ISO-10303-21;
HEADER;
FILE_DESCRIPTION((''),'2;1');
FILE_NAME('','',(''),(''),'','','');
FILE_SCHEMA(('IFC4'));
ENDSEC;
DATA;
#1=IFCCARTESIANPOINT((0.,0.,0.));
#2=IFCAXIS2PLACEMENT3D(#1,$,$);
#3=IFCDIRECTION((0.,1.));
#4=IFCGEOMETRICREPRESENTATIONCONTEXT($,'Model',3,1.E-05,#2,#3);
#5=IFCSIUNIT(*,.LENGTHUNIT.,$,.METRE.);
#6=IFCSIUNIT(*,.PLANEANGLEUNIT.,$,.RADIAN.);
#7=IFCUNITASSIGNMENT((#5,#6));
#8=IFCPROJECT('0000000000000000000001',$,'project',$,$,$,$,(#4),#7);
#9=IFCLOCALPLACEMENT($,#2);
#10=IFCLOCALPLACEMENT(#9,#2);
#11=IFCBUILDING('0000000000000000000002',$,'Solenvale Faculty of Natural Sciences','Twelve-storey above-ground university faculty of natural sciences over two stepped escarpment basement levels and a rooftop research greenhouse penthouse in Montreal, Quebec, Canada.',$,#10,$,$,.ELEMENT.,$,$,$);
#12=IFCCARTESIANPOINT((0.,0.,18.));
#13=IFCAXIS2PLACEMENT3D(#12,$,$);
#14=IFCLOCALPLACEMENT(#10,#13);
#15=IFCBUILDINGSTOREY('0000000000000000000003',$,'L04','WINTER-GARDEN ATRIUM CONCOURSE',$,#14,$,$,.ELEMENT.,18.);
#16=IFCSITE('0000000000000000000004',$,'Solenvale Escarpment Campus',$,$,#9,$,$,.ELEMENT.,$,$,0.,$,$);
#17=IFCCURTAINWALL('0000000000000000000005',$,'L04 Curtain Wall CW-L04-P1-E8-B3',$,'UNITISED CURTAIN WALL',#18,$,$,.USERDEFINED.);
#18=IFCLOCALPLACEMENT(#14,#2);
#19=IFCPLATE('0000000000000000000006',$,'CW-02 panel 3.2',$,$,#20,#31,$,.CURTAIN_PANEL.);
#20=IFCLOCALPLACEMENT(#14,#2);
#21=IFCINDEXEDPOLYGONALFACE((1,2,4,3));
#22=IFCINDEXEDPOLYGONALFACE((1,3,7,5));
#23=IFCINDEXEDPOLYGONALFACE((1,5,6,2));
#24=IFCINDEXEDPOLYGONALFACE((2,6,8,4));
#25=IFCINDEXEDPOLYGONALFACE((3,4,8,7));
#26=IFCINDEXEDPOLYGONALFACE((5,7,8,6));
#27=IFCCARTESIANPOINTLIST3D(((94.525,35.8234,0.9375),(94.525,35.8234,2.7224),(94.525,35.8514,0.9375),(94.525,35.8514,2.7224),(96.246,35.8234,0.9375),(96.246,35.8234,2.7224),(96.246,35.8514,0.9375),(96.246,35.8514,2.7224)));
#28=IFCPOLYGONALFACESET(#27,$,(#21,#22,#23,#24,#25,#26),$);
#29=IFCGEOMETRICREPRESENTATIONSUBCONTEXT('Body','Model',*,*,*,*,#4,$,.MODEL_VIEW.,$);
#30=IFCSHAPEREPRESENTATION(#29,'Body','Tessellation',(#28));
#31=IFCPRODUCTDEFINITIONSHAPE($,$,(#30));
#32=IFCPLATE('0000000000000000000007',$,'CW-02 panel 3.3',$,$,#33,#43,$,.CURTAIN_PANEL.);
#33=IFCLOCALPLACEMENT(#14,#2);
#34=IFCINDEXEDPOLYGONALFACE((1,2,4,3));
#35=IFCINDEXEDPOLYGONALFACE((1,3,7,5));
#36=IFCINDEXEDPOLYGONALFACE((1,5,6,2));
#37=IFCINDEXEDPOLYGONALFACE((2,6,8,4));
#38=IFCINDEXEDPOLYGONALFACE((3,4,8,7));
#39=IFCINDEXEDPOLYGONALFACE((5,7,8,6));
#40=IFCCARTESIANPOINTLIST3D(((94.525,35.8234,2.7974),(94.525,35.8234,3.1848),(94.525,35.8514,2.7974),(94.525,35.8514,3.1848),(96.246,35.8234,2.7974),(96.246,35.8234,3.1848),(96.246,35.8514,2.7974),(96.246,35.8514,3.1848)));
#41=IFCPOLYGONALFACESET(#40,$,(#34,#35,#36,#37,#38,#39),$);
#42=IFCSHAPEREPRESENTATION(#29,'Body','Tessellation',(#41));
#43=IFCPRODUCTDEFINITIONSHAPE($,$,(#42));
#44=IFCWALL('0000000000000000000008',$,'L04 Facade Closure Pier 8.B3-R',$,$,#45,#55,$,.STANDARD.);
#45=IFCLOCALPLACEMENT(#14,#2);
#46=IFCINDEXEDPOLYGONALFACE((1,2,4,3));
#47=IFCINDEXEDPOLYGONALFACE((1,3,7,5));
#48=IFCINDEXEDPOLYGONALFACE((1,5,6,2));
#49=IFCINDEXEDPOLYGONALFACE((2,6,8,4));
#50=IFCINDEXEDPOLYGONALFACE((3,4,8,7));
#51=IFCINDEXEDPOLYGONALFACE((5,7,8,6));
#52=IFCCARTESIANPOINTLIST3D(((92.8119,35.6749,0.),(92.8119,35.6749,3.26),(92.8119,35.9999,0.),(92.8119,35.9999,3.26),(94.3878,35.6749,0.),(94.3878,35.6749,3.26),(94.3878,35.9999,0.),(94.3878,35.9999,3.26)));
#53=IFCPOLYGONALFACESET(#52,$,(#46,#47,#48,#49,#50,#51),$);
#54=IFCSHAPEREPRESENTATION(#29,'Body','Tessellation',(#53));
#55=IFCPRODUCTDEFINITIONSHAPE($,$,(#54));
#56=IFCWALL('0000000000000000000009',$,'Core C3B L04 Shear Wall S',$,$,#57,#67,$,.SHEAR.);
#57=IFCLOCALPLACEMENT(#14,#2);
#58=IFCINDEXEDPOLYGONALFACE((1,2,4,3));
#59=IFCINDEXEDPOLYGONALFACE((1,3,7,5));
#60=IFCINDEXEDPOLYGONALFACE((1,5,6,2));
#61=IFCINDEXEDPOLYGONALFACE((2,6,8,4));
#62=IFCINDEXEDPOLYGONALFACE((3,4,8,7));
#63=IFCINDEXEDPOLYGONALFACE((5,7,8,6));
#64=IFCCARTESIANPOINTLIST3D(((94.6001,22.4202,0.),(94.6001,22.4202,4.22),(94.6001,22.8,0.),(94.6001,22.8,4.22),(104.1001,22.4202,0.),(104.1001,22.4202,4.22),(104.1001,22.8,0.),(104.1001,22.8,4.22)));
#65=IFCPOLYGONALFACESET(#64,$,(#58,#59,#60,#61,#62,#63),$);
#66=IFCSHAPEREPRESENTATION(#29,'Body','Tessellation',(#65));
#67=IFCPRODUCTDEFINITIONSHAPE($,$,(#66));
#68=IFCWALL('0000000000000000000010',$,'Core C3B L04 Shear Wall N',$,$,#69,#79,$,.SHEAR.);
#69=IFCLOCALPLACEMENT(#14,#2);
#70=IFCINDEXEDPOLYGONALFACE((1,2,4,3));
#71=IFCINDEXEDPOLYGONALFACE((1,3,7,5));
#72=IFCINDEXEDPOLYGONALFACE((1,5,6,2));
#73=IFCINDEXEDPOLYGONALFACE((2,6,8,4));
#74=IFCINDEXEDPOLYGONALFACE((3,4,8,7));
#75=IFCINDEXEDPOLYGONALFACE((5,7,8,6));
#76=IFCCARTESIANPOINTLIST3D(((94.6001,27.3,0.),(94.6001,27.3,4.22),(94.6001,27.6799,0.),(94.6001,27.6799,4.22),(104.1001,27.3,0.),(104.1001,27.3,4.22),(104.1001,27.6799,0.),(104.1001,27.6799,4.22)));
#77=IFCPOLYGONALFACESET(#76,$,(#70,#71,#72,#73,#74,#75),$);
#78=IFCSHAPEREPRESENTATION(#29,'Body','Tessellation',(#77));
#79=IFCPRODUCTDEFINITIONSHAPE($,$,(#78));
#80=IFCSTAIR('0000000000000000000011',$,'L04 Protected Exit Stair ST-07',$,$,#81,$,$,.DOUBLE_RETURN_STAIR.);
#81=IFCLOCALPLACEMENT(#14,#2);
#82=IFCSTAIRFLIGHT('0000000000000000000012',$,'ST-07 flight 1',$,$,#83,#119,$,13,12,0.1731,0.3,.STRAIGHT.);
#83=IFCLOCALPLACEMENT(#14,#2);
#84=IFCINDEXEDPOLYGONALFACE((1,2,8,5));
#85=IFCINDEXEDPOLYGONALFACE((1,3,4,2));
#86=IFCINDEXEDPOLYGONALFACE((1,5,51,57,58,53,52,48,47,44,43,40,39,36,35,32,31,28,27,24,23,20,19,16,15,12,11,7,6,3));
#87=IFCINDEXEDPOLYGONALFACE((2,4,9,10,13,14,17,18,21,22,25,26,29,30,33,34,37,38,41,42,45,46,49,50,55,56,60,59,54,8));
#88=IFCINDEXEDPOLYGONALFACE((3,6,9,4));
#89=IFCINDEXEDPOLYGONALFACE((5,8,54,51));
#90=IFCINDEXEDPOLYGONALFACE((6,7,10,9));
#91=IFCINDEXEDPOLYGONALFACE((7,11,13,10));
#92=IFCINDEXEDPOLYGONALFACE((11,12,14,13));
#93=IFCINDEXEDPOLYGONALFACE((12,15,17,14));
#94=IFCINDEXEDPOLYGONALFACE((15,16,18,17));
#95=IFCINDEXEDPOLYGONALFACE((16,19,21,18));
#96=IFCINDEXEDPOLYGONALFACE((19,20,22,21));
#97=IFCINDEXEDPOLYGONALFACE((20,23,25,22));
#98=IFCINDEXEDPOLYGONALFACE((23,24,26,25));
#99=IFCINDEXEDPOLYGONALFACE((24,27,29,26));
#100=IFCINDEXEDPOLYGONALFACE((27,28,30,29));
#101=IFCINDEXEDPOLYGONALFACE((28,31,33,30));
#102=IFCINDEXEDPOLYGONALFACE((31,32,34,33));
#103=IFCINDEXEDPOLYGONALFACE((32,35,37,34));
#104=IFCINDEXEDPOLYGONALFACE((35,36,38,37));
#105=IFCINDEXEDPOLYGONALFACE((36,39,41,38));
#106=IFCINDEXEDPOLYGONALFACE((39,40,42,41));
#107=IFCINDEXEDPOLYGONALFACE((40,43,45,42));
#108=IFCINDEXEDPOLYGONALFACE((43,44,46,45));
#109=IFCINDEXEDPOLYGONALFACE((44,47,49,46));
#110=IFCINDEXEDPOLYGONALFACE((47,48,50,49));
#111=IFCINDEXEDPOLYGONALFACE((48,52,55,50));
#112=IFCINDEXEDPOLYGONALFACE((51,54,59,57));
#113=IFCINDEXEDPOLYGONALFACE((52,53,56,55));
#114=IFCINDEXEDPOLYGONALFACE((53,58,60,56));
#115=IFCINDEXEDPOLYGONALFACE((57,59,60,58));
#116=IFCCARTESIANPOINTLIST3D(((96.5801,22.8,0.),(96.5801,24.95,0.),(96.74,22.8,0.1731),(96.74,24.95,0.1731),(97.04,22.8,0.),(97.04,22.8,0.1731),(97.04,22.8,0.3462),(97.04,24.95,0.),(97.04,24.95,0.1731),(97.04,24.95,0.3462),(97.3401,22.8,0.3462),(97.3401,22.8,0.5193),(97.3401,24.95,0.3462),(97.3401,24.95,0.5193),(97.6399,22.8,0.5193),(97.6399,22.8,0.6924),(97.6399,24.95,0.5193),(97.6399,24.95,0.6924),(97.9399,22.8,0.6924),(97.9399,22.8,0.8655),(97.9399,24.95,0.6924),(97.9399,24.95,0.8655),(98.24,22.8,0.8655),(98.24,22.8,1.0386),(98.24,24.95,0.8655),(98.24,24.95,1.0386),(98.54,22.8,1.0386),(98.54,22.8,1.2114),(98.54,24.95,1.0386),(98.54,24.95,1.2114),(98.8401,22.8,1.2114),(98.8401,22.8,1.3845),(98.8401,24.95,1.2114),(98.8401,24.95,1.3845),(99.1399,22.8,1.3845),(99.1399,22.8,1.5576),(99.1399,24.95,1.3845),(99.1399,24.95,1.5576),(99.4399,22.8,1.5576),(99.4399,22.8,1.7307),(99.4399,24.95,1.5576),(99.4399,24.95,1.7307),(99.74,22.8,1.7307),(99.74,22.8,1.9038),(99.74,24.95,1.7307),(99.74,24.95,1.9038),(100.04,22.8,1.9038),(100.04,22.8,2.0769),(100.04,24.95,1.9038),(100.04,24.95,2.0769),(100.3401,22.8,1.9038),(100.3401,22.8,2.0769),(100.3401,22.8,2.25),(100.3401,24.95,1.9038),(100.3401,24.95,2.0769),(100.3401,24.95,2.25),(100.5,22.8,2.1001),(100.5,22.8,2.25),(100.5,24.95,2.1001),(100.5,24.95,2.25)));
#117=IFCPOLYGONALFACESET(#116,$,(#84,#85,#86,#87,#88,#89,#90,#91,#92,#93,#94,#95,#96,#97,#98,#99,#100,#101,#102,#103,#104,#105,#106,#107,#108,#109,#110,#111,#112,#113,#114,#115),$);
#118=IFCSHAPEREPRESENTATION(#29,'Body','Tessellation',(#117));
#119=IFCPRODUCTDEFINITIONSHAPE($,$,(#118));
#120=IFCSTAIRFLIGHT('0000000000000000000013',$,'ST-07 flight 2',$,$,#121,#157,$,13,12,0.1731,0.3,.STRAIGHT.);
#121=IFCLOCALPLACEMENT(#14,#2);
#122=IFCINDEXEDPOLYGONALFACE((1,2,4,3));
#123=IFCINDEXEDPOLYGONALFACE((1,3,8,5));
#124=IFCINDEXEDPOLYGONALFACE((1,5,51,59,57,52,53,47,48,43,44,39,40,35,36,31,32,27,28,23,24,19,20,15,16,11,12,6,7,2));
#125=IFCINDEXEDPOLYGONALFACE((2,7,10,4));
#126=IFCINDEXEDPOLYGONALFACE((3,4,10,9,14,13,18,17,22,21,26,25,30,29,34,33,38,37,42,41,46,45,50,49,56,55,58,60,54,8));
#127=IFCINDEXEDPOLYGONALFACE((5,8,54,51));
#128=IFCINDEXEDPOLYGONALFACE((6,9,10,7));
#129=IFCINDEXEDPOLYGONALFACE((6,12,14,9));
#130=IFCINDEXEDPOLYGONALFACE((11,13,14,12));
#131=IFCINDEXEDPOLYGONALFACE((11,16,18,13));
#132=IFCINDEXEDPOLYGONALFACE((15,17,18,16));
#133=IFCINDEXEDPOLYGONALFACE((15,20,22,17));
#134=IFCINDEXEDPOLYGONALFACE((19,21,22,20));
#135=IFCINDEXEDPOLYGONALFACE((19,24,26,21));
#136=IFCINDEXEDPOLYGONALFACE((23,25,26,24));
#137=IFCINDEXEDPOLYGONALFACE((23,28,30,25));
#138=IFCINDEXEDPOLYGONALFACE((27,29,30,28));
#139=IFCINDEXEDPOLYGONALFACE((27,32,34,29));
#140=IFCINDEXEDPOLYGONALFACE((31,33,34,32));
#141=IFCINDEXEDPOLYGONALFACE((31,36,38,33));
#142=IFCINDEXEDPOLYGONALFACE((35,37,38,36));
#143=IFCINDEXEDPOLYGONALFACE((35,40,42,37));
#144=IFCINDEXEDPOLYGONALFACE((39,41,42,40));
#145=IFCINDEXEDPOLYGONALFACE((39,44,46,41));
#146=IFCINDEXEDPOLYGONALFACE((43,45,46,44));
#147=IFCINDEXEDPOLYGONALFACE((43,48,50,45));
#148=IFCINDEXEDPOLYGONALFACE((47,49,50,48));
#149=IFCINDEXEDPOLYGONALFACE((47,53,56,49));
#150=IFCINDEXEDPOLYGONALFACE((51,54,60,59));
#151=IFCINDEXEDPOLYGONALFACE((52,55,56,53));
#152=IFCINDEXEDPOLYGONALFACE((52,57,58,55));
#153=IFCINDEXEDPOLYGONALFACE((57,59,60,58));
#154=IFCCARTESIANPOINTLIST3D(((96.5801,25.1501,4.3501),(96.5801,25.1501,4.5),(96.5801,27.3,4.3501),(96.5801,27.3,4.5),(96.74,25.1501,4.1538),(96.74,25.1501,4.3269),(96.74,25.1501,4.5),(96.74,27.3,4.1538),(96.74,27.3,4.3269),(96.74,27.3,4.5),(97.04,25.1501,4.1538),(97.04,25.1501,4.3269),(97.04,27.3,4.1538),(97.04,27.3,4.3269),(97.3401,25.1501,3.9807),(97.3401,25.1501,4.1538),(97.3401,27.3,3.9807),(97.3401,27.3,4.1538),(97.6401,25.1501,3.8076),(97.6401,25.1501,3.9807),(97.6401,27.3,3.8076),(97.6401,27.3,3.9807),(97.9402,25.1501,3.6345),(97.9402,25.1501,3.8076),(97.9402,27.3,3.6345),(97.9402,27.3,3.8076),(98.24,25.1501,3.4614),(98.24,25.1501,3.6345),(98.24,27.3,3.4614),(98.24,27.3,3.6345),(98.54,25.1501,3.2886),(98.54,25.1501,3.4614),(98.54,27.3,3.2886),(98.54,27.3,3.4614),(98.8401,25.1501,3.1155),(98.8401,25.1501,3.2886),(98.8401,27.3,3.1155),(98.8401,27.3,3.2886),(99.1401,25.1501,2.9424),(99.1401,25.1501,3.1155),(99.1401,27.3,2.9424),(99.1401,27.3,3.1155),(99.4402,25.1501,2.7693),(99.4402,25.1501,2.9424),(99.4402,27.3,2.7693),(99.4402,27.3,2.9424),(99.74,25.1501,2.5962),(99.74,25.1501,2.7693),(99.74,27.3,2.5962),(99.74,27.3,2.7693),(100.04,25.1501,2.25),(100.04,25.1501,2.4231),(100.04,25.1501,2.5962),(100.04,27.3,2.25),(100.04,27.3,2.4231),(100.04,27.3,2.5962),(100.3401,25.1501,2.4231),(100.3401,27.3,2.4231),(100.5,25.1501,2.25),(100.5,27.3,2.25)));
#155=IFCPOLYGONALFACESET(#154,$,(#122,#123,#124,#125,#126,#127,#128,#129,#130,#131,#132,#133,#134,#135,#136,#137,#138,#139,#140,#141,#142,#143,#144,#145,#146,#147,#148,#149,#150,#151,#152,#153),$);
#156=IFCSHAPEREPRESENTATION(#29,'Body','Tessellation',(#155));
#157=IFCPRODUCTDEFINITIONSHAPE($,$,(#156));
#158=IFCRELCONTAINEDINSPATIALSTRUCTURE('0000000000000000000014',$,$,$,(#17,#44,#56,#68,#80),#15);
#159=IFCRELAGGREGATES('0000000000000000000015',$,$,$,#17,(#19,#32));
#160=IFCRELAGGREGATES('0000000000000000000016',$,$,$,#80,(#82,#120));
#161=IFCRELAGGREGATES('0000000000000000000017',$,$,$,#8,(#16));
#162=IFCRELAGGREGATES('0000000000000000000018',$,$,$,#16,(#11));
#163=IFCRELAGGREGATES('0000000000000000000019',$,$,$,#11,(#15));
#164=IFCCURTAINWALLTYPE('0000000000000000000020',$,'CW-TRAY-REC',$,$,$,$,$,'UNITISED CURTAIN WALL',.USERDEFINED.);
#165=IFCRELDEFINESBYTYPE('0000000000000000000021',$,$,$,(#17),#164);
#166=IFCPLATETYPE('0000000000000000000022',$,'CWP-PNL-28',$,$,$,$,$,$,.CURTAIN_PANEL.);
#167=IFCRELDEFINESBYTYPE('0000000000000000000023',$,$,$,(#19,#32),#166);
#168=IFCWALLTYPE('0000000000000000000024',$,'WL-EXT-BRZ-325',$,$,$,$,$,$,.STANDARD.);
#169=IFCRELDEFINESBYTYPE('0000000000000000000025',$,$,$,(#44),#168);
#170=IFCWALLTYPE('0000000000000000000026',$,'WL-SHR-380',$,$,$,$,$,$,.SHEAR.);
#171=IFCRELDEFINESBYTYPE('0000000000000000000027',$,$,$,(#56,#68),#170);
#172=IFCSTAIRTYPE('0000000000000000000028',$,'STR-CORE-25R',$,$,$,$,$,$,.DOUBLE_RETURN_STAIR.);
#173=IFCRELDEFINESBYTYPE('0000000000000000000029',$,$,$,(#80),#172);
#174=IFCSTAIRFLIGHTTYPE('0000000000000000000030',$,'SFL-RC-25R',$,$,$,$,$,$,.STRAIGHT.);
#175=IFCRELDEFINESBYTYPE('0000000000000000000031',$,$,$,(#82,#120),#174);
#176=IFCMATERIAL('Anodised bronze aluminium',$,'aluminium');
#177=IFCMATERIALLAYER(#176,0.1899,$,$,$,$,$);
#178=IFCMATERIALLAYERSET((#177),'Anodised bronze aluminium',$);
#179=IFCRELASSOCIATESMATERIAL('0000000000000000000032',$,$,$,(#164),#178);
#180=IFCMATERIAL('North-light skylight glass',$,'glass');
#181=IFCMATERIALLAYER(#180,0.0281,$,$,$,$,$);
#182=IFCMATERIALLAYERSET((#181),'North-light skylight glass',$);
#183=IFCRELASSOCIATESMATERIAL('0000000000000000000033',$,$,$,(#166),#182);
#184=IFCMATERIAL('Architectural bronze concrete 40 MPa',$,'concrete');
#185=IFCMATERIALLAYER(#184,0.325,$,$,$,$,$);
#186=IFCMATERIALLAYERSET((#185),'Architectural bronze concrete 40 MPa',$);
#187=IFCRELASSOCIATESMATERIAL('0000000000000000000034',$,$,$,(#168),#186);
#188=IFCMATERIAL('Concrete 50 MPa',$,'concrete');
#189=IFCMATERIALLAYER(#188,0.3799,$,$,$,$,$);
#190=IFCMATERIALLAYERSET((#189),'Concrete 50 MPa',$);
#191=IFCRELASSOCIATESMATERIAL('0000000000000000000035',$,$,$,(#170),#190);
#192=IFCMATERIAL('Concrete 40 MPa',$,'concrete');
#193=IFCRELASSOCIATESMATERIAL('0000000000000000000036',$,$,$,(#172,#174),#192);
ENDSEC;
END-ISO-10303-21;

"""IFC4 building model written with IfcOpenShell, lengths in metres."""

from ifc_helpers import new_model, si_unit, direction, frame, frame_2d, origin, origin_2d, place, context, subcontext, project, spatial, polyline, rectangle, outline, extrude, material, layer, layer_set, type_object, element, aggregate, save


model = new_model("IFC4")

# Units and contexts
model_context = context("Model", 3, precision=1e-05, world=origin(), true_north=direction((0.0, 1.0)))
body_context = subcontext(model_context, "Body", "Model", "MODEL_VIEW")
ifc_project = project(units=[si_unit("LENGTHUNIT", "METRE"), si_unit("PLANEANGLEUNIT", "RADIAN")], contexts=[model_context])

# Site, building, storey
site_placement = place(None, origin())
site = spatial("IfcSite", under=ifc_project, at=site_placement, Name="Solenvale Escarpment Campus", CompositionType="ELEMENT", RefElevation=0.0)
building_placement = place(site_placement, origin())
building = spatial("IfcBuilding", under=site, at=building_placement, Name="Solenvale Faculty of Natural Sciences", Description="Twelve-storey above-ground university faculty of natural sciences over two stepped escarpment basement levels and a rooftop research greenhouse penthouse in Montreal, Quebec, Canada.", CompositionType="ELEMENT")
storey_placement = place(building_placement, frame((0.0, 0.0, 18.0)))
storey = spatial("IfcBuildingStorey", under=building, at=storey_placement, Name="L04", Description="WINTER-GARDEN ATRIUM CONCOURSE", CompositionType="ELEMENT", Elevation=18.0)

# Shared definitions
ifc_material_1 = material(Name="Concrete 50 MPa", Category="concrete")

# Shared definitions
ifc_material_2 = material(Name="Concrete 40 MPa", Category="concrete")

# Curtain wall, plates
ifc_material_3 = material(Name="Anodised bronze aluminium", Category="aluminium")
ifc_layer_1 = layer(ifc_material_3, 0.1899)
ifc_layer_set_1 = layer_set([ifc_layer_1], Name="Anodised bronze aluminium")
curtain_wall_type = type_object("IfcCurtainWallType", Name="CW-TRAY-REC", ElementType="UNITISED CURTAIN WALL", PredefinedType="USERDEFINED", material=ifc_layer_set_1)
curtain_wall_placement = place(storey_placement, origin())
curtain_wall = element("IfcCurtainWall", 1, at=curtain_wall_placement, inside=storey, type_object=curtain_wall_type, Name="L04 Curtain Wall CW-L04-P1-E8-B3", ObjectType="UNITISED CURTAIN WALL", PredefinedType="USERDEFINED")
ifc_material_4 = material(Name="North-light skylight glass", Category="glass")
ifc_layer_2 = layer(ifc_material_4, 0.0281)
ifc_layer_set_2 = layer_set([ifc_layer_2], Name="North-light skylight glass")
plate_type = type_object("IfcPlateType", Name="CWP-PNL-28", PredefinedType="CURTAIN_PANEL", material=ifc_layer_set_2)
plate_1_placement = place(storey_placement, frame((95.3855, 35.8374, 0.9375), z_axis=(0.0, 0.0, 1.0), x_axis=(-1.0, 0.0, 0.0)))
plate_1 = element("IfcPlate", 2, at=plate_1_placement, type_object=plate_type, Name="CW-02 panel 3.2", PredefinedType="CURTAIN_PANEL", context=body_context, shape_type="SweptSolid", body=[
    extrude(rectangle(XDim=1.7209, YDim=0.0281, at=origin_2d()), origin(), (0.0, 0.0, 1.0), 1.7849),
])
plate_2_placement = place(storey_placement, frame((95.3855, 35.8374, 2.7974), z_axis=(0.0, 0.0, 1.0), x_axis=(-1.0, 0.0, 0.0)))
plate_2 = element("IfcPlate", 3, at=plate_2_placement, type_object=plate_type, Name="CW-02 panel 3.3", PredefinedType="CURTAIN_PANEL", context=body_context, shape_type="SweptSolid", body=[
    extrude(rectangle(XDim=1.7209, YDim=0.0281, at=origin_2d()), origin(), (0.0, 0.0, 1.0), 0.3875),
])
aggregate(curtain_wall, [plate_1, plate_2])

# Walls
ifc_material_5 = material(Name="Architectural bronze concrete 40 MPa", Category="concrete")
ifc_layer_3 = layer(ifc_material_5, 0.325)
ifc_layer_set_3 = layer_set([ifc_layer_3], Name="Architectural bronze concrete 40 MPa")
wall_type_1 = type_object("IfcWallType", Name="WL-EXT-BRZ-325", PredefinedType="STANDARD", material=ifc_layer_set_3)
wall_1_placement = place(storey_placement, frame((94.3879, 35.8374, 0.0), z_axis=(0.0, 0.0, 1.0), x_axis=(-1.0, 0.0, 0.0)))
element("IfcWall", 4, at=wall_1_placement, inside=storey, type_object=wall_type_1, Name="L04 Facade Closure Pier 8.B3-R", PredefinedType="STANDARD", context=body_context, shape_type="SweptSolid", body=[
    extrude(rectangle(XDim=1.5759, YDim=0.325, at=frame_2d((0.7881, 0.0))), origin(), (0.0, 0.0, 1.0), 3.26),
])
ifc_layer_4 = layer(ifc_material_1, 0.3799)
ifc_layer_set_4 = layer_set([ifc_layer_4], Name="Concrete 50 MPa")
wall_type_2 = type_object("IfcWallType", Name="WL-SHR-380", PredefinedType="SHEAR", material=ifc_layer_set_4)
for number, where, z_axis, x_axis, name in (
    (5, (94.6001, 22.6101, 0.0), (0.0, 0.0, 1.0), (1.0, 0.0, 0.0), "Core C3B L04 Shear Wall S"),
    (6, (94.6001, 27.49, 0.0), (0.0, 0.0, 1.0), (1.0, 0.0, 0.0), "Core C3B L04 Shear Wall N"),
):
    element("IfcWall", number, at=place(storey_placement, frame(where, z_axis=z_axis, x_axis=x_axis)), inside=storey, type_object=wall_type_2, Name=name, PredefinedType="SHEAR", context=body_context, shape_type="SweptSolid", body=[
        extrude(rectangle(XDim=9.5, YDim=0.3799, at=frame_2d((4.75, 0.0))), origin(), (0.0, 0.0, 1.0), 4.22),
    ])

# Stair, stair flights
stair_type = type_object("IfcStairType", Name="STR-CORE-25R", PredefinedType="DOUBLE_RETURN_STAIR", material=ifc_material_2)
stair_placement = place(storey_placement, origin())
stair = element("IfcStair", 7, at=stair_placement, inside=storey, type_object=stair_type, Name="L04 Protected Exit Stair ST-07", PredefinedType="DOUBLE_RETURN_STAIR")
stair_flight_type = type_object("IfcStairFlightType", Name="SFL-RC-25R", PredefinedType="STRAIGHT", material=ifc_material_2)
stair_flight_1_placement = place(storey_placement, frame((96.74, 23.875, 0.0), z_axis=(0.0, 0.0, 1.0), x_axis=(1.0, 0.0, 0.0)))
stair_flight_1 = element("IfcStairFlight", 8, at=stair_flight_1_placement, type_object=stair_flight_type, Name="ST-07 flight 1", NumberOfRisers=13, NumberOfTreads=12, PredefinedType="STRAIGHT", RiserHeight=0.1731, TreadLength=0.3, context=body_context, shape_type="SweptSolid", body=[
    extrude(outline(polyline([(-0.1599, 0.0), (0.0, 0.1731), (0.3, 0.1731), (0.3, 0.3462), (0.6001, 0.3462), (0.6001, 0.5193), (0.8999, 0.5193), (0.8999, 0.6924), (1.2, 0.6924), (1.2, 0.8655), (1.5, 0.8655), (1.5, 1.0386), (1.8, 1.0386), (1.8, 1.2114), (2.1001, 1.2114), (2.1001, 1.3845), (2.3999, 1.3845), (2.3999, 1.5576), (2.7, 1.5576), (2.7, 1.7307), (3.0, 1.7307), (3.0, 1.9038), (3.3, 1.9038), (3.3, 2.0769), (3.6001, 2.0769), (3.6001, 2.25), (3.76, 2.25), (3.76, 2.1001), (3.6001, 1.9038), (0.3, 0.0), (-0.1599, 0.0)])), frame((0.0, 1.075, 0.0), z_axis=(0.0, -1.0, 0.0), x_axis=(1.0, 0.0, 0.0)), (0.0, 0.0, 1.0), 2.1499),
])
stair_flight_2_placement = place(storey_placement, frame((100.3401, 26.2251, 2.25), z_axis=(0.0, 0.0, 1.0), x_axis=(-1.0, 0.0, 0.0)))
stair_flight_2 = element("IfcStairFlight", 9, at=stair_flight_2_placement, type_object=stair_flight_type, Name="ST-07 flight 2", NumberOfRisers=13, NumberOfTreads=12, PredefinedType="STRAIGHT", RiserHeight=0.1731, TreadLength=0.3, context=body_context, shape_type="SweptSolid", body=[
    extrude(outline(polyline([(-0.1599, 0.0), (0.0, 0.1731), (0.3, 0.1731), (0.3, 0.3462), (0.6001, 0.3462), (0.6001, 0.5193), (0.8999, 0.5193), (0.8999, 0.6924), (1.2, 0.6924), (1.2, 0.8655), (1.5, 0.8655), (1.5, 1.0386), (1.8, 1.0386), (1.8, 1.2114), (2.1001, 1.2114), (2.1001, 1.3845), (2.3999, 1.3845), (2.3999, 1.5576), (2.7, 1.5576), (2.7, 1.7307), (3.0, 1.7307), (3.0, 1.9038), (3.3, 1.9038), (3.3, 2.0769), (3.6001, 2.0769), (3.6001, 2.25), (3.76, 2.25), (3.76, 2.1001), (3.6001, 1.9038), (0.3, 0.0), (-0.1599, 0.0)])), frame((0.0, 1.075, 0.0), z_axis=(0.0, -1.0, 0.0), x_axis=(1.0, 0.0, 0.0)), (0.0, 0.0, 1.0), 2.1499),
])
aggregate(stair, [stair_flight_1, stair_flight_2])

save(model, "model.ifc")
